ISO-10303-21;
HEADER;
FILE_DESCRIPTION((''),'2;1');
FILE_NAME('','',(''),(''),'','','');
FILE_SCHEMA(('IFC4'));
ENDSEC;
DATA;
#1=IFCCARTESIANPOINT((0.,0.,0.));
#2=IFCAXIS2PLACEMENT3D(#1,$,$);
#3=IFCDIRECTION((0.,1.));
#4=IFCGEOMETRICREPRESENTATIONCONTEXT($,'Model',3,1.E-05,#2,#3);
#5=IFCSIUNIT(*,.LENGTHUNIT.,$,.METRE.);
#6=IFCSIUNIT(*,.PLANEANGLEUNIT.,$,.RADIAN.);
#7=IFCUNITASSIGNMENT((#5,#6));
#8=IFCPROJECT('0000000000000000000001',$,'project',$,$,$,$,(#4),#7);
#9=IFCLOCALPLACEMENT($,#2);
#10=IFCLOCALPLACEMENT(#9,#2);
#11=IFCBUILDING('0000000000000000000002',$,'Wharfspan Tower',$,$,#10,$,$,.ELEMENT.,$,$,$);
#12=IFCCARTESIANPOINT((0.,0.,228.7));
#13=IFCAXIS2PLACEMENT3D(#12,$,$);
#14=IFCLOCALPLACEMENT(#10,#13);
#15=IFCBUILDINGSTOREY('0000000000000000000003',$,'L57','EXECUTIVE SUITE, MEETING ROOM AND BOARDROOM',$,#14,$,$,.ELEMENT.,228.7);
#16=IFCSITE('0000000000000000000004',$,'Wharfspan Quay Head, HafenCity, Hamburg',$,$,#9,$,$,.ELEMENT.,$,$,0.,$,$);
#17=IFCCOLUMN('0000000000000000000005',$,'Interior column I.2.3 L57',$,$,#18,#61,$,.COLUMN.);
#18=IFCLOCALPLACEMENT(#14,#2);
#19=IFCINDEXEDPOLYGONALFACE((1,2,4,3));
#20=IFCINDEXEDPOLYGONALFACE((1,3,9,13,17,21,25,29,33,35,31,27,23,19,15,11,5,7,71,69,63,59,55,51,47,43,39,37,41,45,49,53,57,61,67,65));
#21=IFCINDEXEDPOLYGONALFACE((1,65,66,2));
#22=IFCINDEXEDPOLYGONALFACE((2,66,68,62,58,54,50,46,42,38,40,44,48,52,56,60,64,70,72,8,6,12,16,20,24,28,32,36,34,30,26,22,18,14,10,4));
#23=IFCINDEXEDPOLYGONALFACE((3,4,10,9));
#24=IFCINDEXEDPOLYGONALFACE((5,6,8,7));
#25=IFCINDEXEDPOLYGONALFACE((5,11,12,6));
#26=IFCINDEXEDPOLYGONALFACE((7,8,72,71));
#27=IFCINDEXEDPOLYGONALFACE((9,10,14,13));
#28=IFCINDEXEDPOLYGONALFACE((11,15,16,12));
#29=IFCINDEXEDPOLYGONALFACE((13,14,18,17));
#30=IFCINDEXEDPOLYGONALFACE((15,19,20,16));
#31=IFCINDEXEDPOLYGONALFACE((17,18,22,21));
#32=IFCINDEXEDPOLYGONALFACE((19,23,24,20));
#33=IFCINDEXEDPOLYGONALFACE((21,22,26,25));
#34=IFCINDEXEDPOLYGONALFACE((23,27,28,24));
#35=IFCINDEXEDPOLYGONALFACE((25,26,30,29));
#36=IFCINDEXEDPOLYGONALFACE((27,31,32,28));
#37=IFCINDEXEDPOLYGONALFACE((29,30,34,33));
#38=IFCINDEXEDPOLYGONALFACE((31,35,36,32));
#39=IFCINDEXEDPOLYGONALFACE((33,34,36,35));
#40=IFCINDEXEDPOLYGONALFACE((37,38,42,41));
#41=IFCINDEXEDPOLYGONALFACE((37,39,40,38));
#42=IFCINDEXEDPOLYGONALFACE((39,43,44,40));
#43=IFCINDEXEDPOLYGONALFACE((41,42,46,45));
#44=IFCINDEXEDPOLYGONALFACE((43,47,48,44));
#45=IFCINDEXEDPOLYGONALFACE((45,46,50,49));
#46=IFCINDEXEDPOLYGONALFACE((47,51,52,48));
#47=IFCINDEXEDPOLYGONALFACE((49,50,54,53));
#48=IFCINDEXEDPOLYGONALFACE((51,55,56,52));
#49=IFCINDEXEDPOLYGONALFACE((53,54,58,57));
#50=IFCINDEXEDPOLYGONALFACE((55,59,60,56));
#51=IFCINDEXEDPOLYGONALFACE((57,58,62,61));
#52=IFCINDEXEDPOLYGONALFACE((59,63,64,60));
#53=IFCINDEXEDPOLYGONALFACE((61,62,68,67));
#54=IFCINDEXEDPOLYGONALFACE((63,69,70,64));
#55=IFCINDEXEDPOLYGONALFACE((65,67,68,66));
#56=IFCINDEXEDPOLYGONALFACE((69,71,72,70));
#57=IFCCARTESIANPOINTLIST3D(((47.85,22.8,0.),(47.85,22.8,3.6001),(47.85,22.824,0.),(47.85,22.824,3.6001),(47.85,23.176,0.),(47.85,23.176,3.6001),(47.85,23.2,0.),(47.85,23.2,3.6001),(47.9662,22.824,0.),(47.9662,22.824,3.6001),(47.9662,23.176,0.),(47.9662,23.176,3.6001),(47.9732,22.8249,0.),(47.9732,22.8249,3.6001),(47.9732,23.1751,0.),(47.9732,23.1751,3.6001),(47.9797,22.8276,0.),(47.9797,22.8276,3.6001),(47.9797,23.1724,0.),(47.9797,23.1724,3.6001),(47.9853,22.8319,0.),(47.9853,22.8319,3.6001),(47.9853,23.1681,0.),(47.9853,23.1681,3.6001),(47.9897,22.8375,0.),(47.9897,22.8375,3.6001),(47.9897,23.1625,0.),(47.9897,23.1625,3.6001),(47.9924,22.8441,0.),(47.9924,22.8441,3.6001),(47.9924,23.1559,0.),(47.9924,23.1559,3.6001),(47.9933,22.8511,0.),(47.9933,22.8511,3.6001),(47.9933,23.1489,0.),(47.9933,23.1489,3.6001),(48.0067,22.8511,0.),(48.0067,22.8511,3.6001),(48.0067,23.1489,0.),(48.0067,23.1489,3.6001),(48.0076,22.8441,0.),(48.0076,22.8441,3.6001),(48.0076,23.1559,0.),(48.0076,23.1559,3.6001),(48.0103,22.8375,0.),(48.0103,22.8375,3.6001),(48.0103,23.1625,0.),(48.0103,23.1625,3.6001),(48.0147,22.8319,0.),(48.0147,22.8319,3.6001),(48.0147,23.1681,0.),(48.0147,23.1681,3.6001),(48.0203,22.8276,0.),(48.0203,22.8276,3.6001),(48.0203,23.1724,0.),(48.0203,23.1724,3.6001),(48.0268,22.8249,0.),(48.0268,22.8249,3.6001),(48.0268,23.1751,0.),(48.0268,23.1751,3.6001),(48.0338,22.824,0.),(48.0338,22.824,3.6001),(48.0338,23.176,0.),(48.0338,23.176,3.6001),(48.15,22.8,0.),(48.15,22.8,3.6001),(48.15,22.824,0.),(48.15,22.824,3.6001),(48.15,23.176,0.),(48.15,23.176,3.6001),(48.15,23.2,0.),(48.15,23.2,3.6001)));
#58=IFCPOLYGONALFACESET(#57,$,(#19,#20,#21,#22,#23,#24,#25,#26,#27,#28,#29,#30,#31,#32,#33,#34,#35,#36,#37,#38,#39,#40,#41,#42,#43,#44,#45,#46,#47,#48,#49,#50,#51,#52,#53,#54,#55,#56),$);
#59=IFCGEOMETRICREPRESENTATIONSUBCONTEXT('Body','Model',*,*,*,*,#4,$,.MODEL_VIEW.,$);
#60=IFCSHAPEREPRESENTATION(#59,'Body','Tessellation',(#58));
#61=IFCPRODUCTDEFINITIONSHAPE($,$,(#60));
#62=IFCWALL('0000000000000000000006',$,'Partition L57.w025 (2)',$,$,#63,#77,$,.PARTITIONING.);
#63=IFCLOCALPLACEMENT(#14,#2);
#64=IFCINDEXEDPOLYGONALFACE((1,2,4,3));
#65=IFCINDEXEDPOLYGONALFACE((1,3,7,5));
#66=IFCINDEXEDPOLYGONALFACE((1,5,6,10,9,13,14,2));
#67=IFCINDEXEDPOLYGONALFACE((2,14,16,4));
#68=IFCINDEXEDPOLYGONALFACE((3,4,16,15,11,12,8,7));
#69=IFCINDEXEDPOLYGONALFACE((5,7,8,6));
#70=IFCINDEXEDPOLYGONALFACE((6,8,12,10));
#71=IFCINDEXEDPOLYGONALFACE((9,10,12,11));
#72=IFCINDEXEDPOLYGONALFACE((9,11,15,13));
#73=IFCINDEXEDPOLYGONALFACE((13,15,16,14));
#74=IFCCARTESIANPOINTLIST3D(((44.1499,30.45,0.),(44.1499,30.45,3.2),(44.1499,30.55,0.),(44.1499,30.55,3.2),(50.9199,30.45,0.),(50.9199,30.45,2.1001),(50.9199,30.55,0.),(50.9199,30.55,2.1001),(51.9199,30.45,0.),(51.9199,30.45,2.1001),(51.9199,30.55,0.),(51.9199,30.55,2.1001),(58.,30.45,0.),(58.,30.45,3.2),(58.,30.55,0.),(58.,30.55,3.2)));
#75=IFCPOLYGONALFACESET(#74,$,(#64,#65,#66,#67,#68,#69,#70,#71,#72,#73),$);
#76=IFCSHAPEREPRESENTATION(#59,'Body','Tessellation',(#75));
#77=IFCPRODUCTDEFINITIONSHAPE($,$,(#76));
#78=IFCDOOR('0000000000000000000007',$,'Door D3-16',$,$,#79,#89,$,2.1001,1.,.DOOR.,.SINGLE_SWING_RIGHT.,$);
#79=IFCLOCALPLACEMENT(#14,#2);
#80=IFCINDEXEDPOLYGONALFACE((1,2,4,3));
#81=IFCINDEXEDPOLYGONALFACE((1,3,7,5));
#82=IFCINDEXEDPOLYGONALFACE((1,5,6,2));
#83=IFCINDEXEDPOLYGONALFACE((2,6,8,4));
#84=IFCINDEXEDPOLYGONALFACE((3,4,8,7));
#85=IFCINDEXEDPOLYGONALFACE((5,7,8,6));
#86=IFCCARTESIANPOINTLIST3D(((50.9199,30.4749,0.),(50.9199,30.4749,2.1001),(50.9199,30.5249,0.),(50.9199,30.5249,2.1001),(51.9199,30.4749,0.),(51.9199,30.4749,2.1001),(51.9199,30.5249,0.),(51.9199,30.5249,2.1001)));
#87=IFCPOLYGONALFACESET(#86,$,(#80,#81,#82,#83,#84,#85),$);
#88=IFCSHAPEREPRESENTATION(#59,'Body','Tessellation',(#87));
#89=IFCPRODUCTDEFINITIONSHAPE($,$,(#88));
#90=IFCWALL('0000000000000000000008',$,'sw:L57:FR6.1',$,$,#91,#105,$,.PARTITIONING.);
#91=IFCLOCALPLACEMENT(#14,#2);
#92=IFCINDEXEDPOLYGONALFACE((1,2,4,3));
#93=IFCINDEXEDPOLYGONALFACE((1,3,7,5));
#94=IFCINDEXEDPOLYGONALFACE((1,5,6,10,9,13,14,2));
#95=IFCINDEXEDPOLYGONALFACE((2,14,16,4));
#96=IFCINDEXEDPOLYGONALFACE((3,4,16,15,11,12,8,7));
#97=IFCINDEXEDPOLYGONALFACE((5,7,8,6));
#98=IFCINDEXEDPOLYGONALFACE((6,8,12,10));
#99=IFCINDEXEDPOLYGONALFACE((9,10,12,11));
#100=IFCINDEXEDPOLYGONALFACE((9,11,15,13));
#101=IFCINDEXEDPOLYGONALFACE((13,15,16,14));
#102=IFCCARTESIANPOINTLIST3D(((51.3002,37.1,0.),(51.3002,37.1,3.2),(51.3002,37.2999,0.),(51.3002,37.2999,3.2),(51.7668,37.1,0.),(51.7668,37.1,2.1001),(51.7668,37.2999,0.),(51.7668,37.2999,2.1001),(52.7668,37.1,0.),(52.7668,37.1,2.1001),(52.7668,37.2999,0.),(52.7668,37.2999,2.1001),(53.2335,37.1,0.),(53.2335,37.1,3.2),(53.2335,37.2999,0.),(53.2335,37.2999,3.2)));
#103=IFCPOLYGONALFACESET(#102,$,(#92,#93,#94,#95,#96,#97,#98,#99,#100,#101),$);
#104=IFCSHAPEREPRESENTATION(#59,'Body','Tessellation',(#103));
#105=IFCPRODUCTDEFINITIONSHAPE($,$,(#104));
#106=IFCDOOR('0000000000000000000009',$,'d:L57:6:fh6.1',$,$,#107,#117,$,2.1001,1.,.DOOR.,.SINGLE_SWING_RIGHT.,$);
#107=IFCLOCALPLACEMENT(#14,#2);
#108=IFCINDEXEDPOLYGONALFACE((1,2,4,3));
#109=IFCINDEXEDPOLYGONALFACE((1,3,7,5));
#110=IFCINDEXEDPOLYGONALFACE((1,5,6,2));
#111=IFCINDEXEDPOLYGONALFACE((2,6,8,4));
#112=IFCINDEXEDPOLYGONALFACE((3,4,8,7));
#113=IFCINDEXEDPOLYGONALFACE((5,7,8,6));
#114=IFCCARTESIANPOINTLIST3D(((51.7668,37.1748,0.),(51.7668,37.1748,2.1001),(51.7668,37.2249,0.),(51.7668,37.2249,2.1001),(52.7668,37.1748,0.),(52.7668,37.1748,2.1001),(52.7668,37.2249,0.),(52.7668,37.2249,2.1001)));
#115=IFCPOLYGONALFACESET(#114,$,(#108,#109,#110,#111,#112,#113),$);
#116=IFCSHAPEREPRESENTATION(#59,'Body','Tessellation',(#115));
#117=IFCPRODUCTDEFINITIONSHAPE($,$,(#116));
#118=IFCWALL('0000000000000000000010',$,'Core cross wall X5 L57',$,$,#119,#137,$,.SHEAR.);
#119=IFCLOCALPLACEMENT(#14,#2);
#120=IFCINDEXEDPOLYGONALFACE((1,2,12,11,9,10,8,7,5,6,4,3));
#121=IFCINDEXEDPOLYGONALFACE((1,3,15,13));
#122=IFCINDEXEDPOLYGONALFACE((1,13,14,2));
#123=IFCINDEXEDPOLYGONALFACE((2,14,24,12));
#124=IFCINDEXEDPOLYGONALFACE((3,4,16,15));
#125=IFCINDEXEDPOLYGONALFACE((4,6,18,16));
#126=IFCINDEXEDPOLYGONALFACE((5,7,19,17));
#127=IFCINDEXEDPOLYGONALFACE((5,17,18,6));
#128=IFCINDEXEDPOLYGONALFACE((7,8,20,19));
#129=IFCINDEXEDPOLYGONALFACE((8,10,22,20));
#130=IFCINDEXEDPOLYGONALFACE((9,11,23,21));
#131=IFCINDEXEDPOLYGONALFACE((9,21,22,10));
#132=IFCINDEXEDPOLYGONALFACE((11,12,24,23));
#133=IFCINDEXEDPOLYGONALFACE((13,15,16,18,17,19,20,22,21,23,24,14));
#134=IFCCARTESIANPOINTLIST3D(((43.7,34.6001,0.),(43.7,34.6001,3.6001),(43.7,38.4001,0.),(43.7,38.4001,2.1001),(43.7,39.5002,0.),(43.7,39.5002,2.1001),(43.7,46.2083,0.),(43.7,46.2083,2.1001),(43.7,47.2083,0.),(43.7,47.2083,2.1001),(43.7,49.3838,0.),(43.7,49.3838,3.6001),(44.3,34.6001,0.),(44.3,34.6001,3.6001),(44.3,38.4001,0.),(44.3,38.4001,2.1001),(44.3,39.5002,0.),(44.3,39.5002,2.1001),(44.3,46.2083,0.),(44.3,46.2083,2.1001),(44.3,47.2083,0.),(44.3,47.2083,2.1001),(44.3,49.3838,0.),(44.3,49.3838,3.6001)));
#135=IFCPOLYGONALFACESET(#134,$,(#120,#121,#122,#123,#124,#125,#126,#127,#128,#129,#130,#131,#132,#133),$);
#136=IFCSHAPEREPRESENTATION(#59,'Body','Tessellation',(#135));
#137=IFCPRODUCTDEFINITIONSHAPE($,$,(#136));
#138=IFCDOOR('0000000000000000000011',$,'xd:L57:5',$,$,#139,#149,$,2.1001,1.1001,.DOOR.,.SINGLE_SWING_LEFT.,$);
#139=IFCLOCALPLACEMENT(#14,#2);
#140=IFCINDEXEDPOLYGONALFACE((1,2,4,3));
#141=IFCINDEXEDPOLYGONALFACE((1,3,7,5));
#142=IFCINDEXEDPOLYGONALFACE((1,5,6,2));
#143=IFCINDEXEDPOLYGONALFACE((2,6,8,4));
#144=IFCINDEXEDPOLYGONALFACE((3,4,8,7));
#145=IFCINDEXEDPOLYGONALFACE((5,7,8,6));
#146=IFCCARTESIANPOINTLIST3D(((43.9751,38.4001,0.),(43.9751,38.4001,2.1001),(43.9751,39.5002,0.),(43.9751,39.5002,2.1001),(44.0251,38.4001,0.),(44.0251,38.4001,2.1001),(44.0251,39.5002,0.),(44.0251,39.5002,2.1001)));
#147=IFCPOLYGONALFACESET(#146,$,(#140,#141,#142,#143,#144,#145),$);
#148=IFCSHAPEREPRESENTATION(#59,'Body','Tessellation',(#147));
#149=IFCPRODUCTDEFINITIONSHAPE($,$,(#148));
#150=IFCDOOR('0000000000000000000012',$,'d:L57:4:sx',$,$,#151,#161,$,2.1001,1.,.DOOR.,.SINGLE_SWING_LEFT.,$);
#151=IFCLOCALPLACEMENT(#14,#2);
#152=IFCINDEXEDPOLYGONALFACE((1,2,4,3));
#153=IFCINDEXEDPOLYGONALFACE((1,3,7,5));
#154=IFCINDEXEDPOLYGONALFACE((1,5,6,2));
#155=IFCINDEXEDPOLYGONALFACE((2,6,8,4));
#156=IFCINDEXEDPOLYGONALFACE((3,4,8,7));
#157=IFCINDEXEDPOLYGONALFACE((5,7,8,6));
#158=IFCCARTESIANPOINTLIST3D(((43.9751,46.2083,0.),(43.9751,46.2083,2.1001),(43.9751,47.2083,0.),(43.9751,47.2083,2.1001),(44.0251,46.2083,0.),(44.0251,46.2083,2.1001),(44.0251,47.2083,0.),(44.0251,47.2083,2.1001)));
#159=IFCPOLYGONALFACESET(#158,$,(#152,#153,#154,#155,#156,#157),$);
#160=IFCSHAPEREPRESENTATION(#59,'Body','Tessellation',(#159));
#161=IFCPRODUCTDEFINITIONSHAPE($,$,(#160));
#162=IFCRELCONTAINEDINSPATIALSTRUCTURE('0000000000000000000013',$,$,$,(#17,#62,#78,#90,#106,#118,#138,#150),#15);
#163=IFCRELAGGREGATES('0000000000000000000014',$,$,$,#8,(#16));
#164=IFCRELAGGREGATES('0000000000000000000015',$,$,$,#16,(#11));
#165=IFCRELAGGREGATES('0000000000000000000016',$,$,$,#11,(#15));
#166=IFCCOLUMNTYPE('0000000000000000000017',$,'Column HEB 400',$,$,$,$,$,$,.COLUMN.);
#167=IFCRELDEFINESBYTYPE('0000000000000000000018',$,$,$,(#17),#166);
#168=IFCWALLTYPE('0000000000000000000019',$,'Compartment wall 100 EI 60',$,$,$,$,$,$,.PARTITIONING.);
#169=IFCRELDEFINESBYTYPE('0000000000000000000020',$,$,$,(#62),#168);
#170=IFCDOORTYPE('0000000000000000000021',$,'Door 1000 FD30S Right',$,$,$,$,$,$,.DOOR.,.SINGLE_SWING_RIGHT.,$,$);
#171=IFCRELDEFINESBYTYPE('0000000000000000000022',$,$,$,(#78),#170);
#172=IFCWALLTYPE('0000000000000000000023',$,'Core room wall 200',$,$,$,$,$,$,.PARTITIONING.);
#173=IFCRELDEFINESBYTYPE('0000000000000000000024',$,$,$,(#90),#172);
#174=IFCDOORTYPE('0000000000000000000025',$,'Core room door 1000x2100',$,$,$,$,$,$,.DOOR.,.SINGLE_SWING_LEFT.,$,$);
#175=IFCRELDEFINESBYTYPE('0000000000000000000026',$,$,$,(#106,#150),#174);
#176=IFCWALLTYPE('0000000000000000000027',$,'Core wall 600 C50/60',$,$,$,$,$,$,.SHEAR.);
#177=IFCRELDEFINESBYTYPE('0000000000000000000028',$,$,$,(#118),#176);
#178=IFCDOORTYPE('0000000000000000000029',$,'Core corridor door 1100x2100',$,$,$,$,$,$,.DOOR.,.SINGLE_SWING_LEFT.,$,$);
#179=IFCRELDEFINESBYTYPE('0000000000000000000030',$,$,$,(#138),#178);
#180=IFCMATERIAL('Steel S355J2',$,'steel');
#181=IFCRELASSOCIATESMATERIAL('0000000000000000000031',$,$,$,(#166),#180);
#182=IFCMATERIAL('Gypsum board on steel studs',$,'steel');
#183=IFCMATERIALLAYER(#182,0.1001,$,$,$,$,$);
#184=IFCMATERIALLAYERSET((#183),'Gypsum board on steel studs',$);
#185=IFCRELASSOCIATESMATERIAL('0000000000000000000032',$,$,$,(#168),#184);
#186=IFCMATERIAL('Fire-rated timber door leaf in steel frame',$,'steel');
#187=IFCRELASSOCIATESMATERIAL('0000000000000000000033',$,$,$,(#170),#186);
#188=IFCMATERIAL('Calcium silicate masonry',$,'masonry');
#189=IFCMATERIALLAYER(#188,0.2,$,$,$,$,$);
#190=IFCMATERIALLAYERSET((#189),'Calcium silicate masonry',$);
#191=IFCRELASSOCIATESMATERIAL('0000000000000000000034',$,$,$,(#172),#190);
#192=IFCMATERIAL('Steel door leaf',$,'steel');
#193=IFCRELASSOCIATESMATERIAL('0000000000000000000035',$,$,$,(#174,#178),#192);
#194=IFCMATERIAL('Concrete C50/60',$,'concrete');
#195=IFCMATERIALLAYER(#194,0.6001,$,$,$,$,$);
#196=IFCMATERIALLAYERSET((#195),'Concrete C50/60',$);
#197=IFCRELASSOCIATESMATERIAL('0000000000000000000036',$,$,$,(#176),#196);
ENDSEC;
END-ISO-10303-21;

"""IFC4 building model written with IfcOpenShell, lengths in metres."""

from ifc_helpers import new_model, si_unit, direction, frame, frame_2d, origin, origin_2d, place, context, subcontext, project, spatial, rectangle, i_section, extrude, material, layer, layer_set, material_profile, profile_set, type_object, element, fill, save


model = new_model("IFC4")

# Units and contexts
model_context = context("Model", 3, precision=1e-05, world=origin(), true_north=direction((0.0, 1.0)))
body_context = subcontext(model_context, "Body", "Model", "MODEL_VIEW")
ifc_project = project(units=[si_unit("LENGTHUNIT", "METRE"), si_unit("PLANEANGLEUNIT", "RADIAN")], contexts=[model_context])

# Site, building, storey
site_placement = place(None, origin())
site = spatial("IfcSite", under=ifc_project, at=site_placement, Name="Wharfspan Quay Head, HafenCity, Hamburg", CompositionType="ELEMENT", RefElevation=0.0)
building_placement = place(site_placement, origin())
building = spatial("IfcBuilding", under=site, at=building_placement, Name="Wharfspan Tower", CompositionType="ELEMENT")
storey_placement = place(building_placement, frame((0.0, 0.0, 228.7)))
storey = spatial("IfcBuildingStorey", under=building, at=storey_placement, Name="L57", Description="EXECUTIVE SUITE, MEETING ROOM AND BOARDROOM", CompositionType="ELEMENT", Elevation=228.7)

# Column
ifc_material_1 = material(Name="Steel S355J2", Category="steel")
ifc_material_profile = material_profile(ifc_material_1, i_section(OverallWidth=0.3, OverallDepth=0.3999, WebThickness=0.0134, FlangeThickness=0.0239, FilletRadius=0.0271, at=origin_2d()))
ifc_profile_set = profile_set([ifc_material_profile], Name="Steel S355J2")
column_type = type_object("IfcColumnType", Name="Column HEB 400", PredefinedType="COLUMN", material=ifc_profile_set)
column_placement = place(storey_placement, frame((48.0, 23.0, 0.0), z_axis=(0.0, 0.0, 1.0), x_axis=(1.0, 0.0, 0.0)))
element("IfcColumn", 1, at=column_placement, inside=storey, type_object=column_type, Name="Interior column I.2.3 L57", PredefinedType="COLUMN", context=body_context, shape_type="SweptSolid", body=[
    extrude(i_section(OverallWidth=0.3, OverallDepth=0.3999, WebThickness=0.0134, FlangeThickness=0.0239, FilletRadius=0.0271, at=origin_2d()), origin(), (0.0, 0.0, 1.0), 3.6001),
])

# Walls, openings, doors
ifc_material_2 = material(Name="Gypsum board on steel studs", Category="steel")
ifc_layer_1 = layer(ifc_material_2, 0.1001)
ifc_layer_set_1 = layer_set([ifc_layer_1], Name="Gypsum board on steel studs")
wall_type_1 = type_object("IfcWallType", Name="Compartment wall 100 EI 60", PredefinedType="PARTITIONING", material=ifc_layer_set_1)
wall_1_placement = place(storey_placement, frame((44.1499, 30.5, 0.0), z_axis=(0.0, 0.0, 1.0), x_axis=(1.0, 0.0, 0.0)))
wall_1 = element("IfcWall", 2, at=wall_1_placement, inside=storey, type_object=wall_type_1, Name="Partition L57.w025 (2)", PredefinedType="PARTITIONING", context=body_context, shape_type="SweptSolid", body=[
    extrude(rectangle(XDim=13.8501, YDim=0.1001, at=frame_2d((6.925, 0.0))), origin(), (0.0, 0.0, 1.0), 3.2),
])
opening_1_placement = place(wall_1_placement, frame((6.77, 0.0, 0.0)))
opening_1 = element("IfcOpeningElement", 3, at=opening_1_placement, cuts=wall_1, PredefinedType="OPENING", context=body_context, shape_type="SweptSolid", body=[
    extrude(rectangle(XDim=1.0, YDim=2.1001, at=frame_2d((0.5, 1.05))), frame((0.0, 0.0601, 0.0), z_axis=(0.0, -1.0, 0.0), x_axis=(1.0, 0.0, 0.0)), (0.0, 0.0, 1.0), 0.1201),
])
ifc_material_3 = material(Name="Fire-rated timber door leaf in steel frame", Category="steel")
door_type_1 = type_object("IfcDoorType", Name="Door 1000 FD30S Right", OperationType="SINGLE_SWING_RIGHT", PredefinedType="DOOR", material=ifc_material_3)
door_1_placement = place(opening_1_placement, origin())
door_1 = element("IfcDoor", 4, at=door_1_placement, inside=storey, type_object=door_type_1, Name="Door D3-16", OperationType="SINGLE_SWING_RIGHT", OverallHeight=2.1001, OverallWidth=1.0, PredefinedType="DOOR", context=body_context, shape_type="SweptSolid", body=[
    extrude(rectangle(XDim=1.0, YDim=2.1001, at=frame_2d((0.5, 1.05))), frame((0.0, 0.0249, 0.0), z_axis=(0.0, -1.0, 0.0), x_axis=(1.0, 0.0, 0.0)), (0.0, 0.0, 1.0), 0.05),
])
fill(opening_1, door_1)
ifc_material_4 = material(Name="Calcium silicate masonry", Category="masonry")
ifc_layer_2 = layer(ifc_material_4, 0.2)
ifc_layer_set_2 = layer_set([ifc_layer_2], Name="Calcium silicate masonry")
wall_type_2 = type_object("IfcWallType", Name="Core room wall 200", PredefinedType="PARTITIONING", material=ifc_layer_set_2)
wall_2_placement = place(storey_placement, frame((51.3, 37.2, 0.0), z_axis=(0.0, 0.0, 1.0), x_axis=(1.0, 0.0, 0.0)))
wall_2 = element("IfcWall", 5, at=wall_2_placement, inside=storey, type_object=wall_type_2, Name="sw:L57:FR6.1", PredefinedType="PARTITIONING", context=body_context, shape_type="SweptSolid", body=[
    extrude(rectangle(XDim=1.9333, YDim=0.2, at=frame_2d((0.9668, 0.0))), origin(), (0.0, 0.0, 1.0), 3.2),
])
opening_2_placement = place(wall_2_placement, frame((0.4668, 0.0, 0.0)))
opening_2 = element("IfcOpeningElement", 6, at=opening_2_placement, cuts=wall_2, PredefinedType="OPENING", context=body_context, shape_type="SweptSolid", body=[
    extrude(rectangle(XDim=1.0, YDim=2.1001, at=frame_2d((0.5, 1.05))), frame((0.0, 0.1099, 0.0), z_axis=(0.0, -1.0, 0.0), x_axis=(1.0, 0.0, 0.0)), (0.0, 0.0, 1.0), 0.22),
])
ifc_material_5 = material(Name="Steel door leaf", Category="steel")
door_type_2 = type_object("IfcDoorType", Name="Core room door 1000x2100", OperationType="SINGLE_SWING_LEFT", PredefinedType="DOOR", material=ifc_material_5)
door_2_placement = place(opening_2_placement, origin())
door_2 = element("IfcDoor", 7, at=door_2_placement, inside=storey, type_object=door_type_2, Name="d:L57:6:fh6.1", OperationType="SINGLE_SWING_RIGHT", OverallHeight=2.1001, OverallWidth=1.0, PredefinedType="DOOR", context=body_context, shape_type="SweptSolid", body=[
    extrude(rectangle(XDim=1.0, YDim=2.1001, at=frame_2d((0.5, 1.05))), frame((0.0, 0.0249, 0.0), z_axis=(0.0, -1.0, 0.0), x_axis=(1.0, 0.0, 0.0)), (0.0, 0.0, 1.0), 0.05),
])
fill(opening_2, door_2)

# Wall, openings, doors
ifc_material_6 = material(Name="Concrete C50/60", Category="concrete")
ifc_layer_3 = layer(ifc_material_6, 0.6001)
ifc_layer_set_3 = layer_set([ifc_layer_3], Name="Concrete C50/60")
wall_type_3 = type_object("IfcWallType", Name="Core wall 600 C50/60", PredefinedType="SHEAR", material=ifc_layer_set_3)
wall_3_placement = place(storey_placement, frame((44.0, 34.6001, 0.0), z_axis=(0.0, 0.0, 1.0), x_axis=(0.0, 1.0, 0.0)))
wall_3 = element("IfcWall", 8, at=wall_3_placement, inside=storey, type_object=wall_type_3, Name="Core cross wall X5 L57", PredefinedType="SHEAR", context=body_context, shape_type="SweptSolid", body=[
    extrude(rectangle(XDim=14.7837, YDim=0.6001, at=frame_2d((7.3918, 0.0))), origin(), (0.0, 0.0, 1.0), 3.6001),
])
opening_3_placement = place(wall_3_placement, frame((11.6082, 0.0, 0.0)))
opening_3 = element("IfcOpeningElement", 9, at=opening_3_placement, cuts=wall_3, PredefinedType="OPENING", context=body_context, shape_type="SweptSolid", body=[
    extrude(rectangle(XDim=1.0, YDim=2.1001, at=frame_2d((0.5, 1.05))), frame((0.0, 0.3101, 0.0), z_axis=(0.0, -1.0, 0.0), x_axis=(1.0, 0.0, 0.0)), (0.0, 0.0, 1.0), 0.6201),
])
opening_4_placement = place(wall_3_placement, frame((3.8, 0.0, 0.0)))
opening_4 = element("IfcOpeningElement", 10, at=opening_4_placement, cuts=wall_3, PredefinedType="OPENING", context=body_context, shape_type="SweptSolid", body=[
    extrude(rectangle(XDim=1.1001, YDim=2.1001, at=frame_2d((0.55, 1.05))), frame((0.0, 0.3101, 0.0), z_axis=(0.0, -1.0, 0.0), x_axis=(1.0, 0.0, 0.0)), (0.0, 0.0, 1.0), 0.6201),
])
door_type_3 = type_object("IfcDoorType", Name="Core corridor door 1100x2100", OperationType="SINGLE_SWING_LEFT", PredefinedType="DOOR", material=ifc_material_5)
door_3_placement = place(opening_4_placement, origin())
door_3 = element("IfcDoor", 11, at=door_3_placement, inside=storey, type_object=door_type_3, Name="xd:L57:5", OperationType="SINGLE_SWING_LEFT", OverallHeight=2.1001, OverallWidth=1.1001, PredefinedType="DOOR", context=body_context, shape_type="SweptSolid", body=[
    extrude(rectangle(XDim=1.1001, YDim=2.1001, at=frame_2d((0.55, 1.05))), frame((0.0, 0.0249, 0.0), z_axis=(0.0, -1.0, 0.0), x_axis=(1.0, 0.0, 0.0)), (0.0, 0.0, 1.0), 0.05),
])
fill(opening_4, door_3)
door_4_placement = place(opening_3_placement, origin())
door_4 = element("IfcDoor", 12, at=door_4_placement, inside=storey, type_object=door_type_2, Name="d:L57:4:sx", OperationType="SINGLE_SWING_LEFT", OverallHeight=2.1001, OverallWidth=1.0, PredefinedType="DOOR", context=body_context, shape_type="SweptSolid", body=[
    extrude(rectangle(XDim=1.0, YDim=2.1001, at=frame_2d((0.5, 1.05))), frame((0.0, 0.0249, 0.0), z_axis=(0.0, -1.0, 0.0), x_axis=(1.0, 0.0, 0.0)), (0.0, 0.0, 1.0), 0.05),
])
fill(opening_3, door_4)

save(model, "model.ifc")
